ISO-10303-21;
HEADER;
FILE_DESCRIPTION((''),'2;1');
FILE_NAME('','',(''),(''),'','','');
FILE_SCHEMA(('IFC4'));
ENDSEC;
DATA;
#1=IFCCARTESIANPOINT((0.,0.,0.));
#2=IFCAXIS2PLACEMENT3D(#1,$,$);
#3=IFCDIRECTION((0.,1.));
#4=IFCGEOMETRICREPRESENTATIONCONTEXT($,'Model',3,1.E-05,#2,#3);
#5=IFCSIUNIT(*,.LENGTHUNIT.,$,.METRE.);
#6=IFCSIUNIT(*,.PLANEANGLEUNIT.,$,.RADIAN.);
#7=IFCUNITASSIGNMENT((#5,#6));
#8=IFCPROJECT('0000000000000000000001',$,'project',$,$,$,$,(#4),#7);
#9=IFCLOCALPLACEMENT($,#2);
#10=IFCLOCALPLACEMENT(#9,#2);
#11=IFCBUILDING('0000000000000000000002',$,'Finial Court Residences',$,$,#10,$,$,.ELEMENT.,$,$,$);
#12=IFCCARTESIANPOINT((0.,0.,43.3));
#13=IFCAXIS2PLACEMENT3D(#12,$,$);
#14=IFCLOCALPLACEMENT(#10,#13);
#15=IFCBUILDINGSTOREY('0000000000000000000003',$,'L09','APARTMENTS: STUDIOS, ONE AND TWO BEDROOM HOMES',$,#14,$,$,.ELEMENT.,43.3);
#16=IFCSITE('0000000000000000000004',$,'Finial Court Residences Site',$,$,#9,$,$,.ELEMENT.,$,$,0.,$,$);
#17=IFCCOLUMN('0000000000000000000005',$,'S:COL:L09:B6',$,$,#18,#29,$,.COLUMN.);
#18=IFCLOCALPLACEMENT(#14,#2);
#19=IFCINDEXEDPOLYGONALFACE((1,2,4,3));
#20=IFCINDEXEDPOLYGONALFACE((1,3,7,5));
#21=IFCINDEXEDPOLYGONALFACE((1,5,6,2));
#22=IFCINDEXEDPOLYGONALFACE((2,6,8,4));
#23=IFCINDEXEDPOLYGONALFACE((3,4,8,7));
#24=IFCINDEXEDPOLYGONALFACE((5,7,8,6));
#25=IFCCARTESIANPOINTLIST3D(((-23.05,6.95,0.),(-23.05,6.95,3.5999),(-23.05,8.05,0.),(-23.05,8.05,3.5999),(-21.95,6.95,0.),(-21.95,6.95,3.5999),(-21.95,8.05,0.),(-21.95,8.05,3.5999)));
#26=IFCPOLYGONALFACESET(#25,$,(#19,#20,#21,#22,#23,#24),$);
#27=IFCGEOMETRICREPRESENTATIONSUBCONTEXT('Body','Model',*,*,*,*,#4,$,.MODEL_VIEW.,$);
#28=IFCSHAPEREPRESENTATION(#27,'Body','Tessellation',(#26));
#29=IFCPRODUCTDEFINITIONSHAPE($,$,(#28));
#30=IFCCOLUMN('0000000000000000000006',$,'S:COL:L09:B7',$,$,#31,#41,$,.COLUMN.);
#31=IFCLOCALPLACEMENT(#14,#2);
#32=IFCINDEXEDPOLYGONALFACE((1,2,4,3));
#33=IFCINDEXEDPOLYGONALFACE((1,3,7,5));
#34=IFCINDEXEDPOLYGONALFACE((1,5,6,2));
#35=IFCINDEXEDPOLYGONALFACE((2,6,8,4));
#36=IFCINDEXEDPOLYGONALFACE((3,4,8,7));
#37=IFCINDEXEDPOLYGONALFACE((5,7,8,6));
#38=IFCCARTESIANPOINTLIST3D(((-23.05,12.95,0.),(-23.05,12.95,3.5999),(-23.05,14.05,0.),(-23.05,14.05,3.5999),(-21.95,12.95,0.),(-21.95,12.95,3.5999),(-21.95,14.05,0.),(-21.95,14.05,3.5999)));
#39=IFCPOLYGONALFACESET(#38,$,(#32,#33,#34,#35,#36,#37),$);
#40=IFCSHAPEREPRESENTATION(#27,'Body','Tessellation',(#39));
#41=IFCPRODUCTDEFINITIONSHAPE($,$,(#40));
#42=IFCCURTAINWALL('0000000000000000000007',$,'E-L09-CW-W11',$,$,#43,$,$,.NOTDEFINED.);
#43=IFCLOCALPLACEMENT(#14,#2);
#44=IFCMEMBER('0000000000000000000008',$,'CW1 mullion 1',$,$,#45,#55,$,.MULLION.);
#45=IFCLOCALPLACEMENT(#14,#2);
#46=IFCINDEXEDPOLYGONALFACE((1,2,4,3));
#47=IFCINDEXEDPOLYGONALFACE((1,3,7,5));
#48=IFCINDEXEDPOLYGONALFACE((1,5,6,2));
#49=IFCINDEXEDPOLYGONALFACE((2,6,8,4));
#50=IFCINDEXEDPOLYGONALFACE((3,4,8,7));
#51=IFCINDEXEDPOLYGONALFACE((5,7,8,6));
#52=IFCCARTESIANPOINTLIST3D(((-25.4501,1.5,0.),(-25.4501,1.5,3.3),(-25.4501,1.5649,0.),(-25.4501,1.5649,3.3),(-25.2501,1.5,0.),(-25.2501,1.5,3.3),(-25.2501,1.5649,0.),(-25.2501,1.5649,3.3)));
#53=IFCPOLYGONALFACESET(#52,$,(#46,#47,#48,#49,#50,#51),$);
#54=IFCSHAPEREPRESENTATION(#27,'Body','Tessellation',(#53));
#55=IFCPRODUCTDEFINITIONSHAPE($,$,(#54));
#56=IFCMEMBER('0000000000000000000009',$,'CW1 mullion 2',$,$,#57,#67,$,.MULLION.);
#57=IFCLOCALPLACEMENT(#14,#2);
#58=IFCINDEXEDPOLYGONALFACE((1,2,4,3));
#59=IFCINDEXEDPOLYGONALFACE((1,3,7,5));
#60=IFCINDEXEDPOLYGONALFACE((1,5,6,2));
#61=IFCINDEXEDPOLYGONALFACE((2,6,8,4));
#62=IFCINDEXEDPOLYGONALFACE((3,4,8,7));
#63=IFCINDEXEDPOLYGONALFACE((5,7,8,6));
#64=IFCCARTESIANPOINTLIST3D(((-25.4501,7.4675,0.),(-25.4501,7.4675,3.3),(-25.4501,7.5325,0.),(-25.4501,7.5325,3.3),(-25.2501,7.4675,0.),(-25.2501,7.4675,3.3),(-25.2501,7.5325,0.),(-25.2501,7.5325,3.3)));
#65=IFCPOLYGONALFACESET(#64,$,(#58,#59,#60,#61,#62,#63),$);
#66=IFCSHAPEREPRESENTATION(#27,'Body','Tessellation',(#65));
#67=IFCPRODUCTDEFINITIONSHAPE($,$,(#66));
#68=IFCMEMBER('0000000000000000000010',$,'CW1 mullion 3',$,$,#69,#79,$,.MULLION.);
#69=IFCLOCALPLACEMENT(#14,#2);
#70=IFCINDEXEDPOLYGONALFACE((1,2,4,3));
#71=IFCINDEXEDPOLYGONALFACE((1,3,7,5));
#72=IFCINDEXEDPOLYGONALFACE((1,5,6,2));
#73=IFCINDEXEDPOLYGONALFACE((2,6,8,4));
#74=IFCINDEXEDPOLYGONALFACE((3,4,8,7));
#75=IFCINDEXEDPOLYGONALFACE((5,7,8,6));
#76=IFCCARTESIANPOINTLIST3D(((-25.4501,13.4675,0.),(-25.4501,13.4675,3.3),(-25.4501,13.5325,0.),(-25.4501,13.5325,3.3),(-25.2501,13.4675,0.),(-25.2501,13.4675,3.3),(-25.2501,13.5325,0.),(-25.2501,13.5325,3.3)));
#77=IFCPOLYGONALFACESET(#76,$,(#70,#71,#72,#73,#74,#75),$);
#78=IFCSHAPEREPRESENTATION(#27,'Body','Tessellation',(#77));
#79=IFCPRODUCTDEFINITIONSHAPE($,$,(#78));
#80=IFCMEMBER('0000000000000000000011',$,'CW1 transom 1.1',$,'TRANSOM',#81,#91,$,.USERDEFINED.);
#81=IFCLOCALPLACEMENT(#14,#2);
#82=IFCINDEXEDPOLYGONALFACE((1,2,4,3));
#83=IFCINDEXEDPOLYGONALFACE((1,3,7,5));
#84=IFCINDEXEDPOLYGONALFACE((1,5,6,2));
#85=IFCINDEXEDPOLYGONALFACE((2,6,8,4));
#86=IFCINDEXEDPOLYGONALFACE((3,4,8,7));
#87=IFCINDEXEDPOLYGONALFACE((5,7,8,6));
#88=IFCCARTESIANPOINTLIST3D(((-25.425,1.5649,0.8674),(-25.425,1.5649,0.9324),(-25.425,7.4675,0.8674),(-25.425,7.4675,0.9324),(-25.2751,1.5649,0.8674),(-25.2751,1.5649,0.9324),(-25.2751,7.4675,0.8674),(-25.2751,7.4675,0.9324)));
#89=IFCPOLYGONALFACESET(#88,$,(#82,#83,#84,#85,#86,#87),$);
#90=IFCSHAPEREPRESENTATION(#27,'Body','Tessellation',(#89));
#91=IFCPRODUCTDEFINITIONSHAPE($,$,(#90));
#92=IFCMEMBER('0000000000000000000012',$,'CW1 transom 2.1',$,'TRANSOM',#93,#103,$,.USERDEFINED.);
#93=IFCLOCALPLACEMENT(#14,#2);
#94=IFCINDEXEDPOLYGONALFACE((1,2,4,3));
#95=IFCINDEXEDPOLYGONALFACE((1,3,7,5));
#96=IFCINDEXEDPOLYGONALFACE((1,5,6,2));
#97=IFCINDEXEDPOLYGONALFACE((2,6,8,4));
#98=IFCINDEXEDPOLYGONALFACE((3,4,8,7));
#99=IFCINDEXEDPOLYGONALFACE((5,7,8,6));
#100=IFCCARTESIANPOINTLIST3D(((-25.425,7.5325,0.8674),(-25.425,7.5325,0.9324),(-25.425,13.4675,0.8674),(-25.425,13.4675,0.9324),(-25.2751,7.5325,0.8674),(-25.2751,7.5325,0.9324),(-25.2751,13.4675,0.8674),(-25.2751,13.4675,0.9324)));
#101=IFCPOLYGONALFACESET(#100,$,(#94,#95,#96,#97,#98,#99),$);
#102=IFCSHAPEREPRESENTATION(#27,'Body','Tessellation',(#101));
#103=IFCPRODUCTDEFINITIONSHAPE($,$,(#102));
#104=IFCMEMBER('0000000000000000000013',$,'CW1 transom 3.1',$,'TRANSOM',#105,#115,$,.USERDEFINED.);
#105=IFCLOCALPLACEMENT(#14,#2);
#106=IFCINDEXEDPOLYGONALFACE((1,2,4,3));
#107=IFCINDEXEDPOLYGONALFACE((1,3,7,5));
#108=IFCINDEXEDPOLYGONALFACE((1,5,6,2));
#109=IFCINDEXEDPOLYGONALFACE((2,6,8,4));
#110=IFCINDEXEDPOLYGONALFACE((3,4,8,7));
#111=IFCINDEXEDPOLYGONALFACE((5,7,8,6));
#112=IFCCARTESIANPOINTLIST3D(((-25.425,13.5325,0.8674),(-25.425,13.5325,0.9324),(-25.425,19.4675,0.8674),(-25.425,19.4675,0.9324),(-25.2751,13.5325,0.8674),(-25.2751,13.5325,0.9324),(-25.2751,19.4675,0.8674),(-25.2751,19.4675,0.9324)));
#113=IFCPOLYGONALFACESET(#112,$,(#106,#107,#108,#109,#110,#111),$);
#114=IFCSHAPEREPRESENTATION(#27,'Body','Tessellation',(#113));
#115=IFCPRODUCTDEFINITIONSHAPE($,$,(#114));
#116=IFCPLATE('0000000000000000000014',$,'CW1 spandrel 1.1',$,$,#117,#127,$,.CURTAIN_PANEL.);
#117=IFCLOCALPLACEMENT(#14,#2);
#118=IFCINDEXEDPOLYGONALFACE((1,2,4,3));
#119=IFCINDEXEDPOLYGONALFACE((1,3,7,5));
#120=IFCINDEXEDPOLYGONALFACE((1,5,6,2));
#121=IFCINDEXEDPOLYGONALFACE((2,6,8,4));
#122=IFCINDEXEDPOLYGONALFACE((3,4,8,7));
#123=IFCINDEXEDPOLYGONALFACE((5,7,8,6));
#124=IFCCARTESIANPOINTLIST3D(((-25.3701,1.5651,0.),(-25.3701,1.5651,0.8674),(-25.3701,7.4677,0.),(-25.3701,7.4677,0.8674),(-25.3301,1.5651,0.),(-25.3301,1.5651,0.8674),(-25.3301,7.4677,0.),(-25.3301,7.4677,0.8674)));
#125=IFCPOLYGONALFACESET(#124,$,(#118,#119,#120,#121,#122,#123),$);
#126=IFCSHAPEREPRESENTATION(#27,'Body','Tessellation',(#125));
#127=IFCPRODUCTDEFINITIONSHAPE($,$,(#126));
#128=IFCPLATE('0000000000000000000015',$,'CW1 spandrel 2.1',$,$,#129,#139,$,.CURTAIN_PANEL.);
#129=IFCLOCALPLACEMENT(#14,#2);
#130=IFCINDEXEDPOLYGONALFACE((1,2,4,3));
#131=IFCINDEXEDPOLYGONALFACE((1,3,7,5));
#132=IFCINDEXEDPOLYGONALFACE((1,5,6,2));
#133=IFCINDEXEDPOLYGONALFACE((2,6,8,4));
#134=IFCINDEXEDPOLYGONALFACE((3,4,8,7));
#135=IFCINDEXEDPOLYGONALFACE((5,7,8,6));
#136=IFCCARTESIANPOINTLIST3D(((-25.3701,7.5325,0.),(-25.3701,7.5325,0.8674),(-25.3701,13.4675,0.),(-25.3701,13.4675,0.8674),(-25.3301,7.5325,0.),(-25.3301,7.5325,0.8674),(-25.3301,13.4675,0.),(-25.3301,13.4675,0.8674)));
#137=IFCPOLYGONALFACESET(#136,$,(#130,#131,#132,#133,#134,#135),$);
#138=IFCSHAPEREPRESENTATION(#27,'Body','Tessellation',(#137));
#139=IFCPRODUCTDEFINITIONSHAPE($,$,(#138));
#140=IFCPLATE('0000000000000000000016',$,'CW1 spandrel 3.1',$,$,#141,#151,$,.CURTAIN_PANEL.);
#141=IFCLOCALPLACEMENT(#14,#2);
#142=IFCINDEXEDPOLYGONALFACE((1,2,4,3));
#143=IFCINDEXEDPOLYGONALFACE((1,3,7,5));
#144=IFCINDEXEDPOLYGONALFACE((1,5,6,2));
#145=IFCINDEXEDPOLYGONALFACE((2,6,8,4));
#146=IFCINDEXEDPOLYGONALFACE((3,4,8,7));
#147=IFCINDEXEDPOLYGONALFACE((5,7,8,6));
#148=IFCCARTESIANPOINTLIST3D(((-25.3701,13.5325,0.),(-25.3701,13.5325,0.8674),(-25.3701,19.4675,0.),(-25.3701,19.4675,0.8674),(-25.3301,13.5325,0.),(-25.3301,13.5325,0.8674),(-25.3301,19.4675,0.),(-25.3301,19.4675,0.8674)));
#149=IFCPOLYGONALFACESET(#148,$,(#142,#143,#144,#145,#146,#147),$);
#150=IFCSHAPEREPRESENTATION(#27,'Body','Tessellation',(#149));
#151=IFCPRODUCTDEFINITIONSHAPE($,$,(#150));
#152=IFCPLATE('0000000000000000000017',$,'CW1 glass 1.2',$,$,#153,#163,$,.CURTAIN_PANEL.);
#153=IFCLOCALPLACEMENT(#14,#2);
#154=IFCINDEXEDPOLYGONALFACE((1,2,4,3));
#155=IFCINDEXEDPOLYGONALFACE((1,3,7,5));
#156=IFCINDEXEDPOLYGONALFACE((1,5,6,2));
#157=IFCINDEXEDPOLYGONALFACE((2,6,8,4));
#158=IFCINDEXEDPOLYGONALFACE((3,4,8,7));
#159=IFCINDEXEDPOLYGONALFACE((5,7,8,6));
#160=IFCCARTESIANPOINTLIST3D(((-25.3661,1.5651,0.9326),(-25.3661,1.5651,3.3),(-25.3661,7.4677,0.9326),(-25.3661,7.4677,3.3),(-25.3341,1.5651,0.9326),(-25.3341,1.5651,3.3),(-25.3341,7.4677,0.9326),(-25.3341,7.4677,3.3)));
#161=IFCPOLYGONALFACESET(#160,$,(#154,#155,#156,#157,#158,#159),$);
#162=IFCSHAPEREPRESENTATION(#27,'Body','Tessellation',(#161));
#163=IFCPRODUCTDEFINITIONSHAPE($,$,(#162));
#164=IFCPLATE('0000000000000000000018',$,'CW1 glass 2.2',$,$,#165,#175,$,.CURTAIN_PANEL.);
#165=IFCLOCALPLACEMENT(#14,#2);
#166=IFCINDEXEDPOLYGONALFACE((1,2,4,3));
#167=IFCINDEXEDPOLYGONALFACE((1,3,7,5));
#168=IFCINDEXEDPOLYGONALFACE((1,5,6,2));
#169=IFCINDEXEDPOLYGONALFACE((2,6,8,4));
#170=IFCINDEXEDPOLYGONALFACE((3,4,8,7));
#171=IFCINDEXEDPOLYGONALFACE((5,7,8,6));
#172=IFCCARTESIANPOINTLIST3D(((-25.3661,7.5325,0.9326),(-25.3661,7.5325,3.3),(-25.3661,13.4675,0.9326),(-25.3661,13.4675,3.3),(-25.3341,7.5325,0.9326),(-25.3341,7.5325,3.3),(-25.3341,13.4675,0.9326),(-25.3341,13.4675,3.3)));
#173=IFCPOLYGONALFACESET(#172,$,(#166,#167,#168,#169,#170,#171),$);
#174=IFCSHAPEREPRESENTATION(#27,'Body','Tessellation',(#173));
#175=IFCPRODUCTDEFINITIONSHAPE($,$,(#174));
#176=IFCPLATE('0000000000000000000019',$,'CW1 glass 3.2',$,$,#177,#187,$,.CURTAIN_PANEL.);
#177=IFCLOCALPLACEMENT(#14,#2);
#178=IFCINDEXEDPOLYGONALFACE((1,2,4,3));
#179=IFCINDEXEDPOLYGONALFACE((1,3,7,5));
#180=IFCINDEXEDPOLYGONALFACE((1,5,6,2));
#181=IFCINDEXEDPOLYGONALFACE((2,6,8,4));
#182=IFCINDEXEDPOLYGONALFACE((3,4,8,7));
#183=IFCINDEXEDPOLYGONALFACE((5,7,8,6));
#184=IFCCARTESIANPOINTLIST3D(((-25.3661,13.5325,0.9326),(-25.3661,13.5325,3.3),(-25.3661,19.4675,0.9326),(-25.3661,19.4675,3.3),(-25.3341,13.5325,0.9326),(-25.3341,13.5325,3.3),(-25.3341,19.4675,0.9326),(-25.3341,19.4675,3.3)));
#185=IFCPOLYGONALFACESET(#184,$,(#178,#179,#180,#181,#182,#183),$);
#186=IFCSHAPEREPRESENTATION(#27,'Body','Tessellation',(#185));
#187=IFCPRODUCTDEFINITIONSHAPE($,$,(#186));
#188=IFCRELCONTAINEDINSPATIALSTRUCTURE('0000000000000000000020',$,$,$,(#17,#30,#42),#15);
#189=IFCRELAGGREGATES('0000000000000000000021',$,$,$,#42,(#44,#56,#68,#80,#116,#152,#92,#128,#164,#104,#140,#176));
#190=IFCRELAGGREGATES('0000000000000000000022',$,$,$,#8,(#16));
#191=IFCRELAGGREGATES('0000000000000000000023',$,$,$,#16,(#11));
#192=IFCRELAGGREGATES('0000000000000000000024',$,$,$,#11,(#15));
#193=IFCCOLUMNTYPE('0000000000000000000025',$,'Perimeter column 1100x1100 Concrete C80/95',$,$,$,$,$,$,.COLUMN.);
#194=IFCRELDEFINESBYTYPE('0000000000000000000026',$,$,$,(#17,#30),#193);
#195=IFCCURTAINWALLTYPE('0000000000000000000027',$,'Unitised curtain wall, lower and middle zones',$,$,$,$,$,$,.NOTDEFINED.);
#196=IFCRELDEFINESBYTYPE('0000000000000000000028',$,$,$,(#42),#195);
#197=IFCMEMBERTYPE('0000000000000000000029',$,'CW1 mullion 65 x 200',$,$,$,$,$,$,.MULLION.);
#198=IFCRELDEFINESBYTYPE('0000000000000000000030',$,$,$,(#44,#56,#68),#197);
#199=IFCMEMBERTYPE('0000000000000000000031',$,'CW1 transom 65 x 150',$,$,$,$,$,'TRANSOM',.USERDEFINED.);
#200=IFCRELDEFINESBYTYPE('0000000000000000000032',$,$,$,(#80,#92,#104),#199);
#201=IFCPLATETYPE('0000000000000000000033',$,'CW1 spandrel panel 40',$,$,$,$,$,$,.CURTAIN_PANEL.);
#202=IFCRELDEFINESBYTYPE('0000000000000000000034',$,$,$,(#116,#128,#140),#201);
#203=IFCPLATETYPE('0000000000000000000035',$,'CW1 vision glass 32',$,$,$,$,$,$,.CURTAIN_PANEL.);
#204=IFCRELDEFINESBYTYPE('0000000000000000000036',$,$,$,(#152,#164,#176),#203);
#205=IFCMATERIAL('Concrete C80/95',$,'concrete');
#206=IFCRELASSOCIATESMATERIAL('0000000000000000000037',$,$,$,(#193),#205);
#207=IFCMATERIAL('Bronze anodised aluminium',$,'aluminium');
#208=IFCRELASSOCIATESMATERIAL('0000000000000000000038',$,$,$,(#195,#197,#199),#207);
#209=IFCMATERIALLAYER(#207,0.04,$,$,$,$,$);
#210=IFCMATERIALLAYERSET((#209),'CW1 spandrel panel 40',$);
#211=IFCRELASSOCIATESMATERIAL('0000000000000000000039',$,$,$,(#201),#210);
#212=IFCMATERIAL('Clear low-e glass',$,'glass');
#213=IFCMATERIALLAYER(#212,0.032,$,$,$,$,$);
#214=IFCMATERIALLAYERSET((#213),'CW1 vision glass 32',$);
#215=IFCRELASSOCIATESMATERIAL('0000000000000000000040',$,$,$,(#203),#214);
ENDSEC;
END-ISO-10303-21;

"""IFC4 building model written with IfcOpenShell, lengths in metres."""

from ifc_helpers import new_model, si_unit, direction, frame, origin, origin_2d, place, context, subcontext, project, spatial, rectangle, extrude, material, layer, layer_set, material_profile, profile_set, type_object, element, aggregate, save


model = new_model("IFC4")

# Units and contexts
model_context = context("Model", 3, precision=1e-05, world=origin(), true_north=direction((0.0, 1.0)))
body_context = subcontext(model_context, "Body", "Model", "MODEL_VIEW")
ifc_project = project(units=[si_unit("LENGTHUNIT", "METRE"), si_unit("PLANEANGLEUNIT", "RADIAN")], contexts=[model_context])

# Site, building, storey
site_placement = place(None, origin())
site = spatial("IfcSite", under=ifc_project, at=site_placement, Name="Finial Court Residences Site", CompositionType="ELEMENT", RefElevation=0.0)
building_placement = place(site_placement, origin())
building = spatial("IfcBuilding", under=site, at=building_placement, Name="Finial Court Residences", CompositionType="ELEMENT")
storey_placement = place(building_placement, frame((0.0, 0.0, 43.3)))
storey = spatial("IfcBuildingStorey", under=building, at=storey_placement, Name="L09", Description="APARTMENTS: STUDIOS, ONE AND TWO BEDROOM HOMES", CompositionType="ELEMENT", Elevation=43.3)

# Columns
ifc_material_1 = material(Name="Concrete C80/95", Category="concrete")
ifc_material_profile_1 = material_profile(ifc_material_1, rectangle(XDim=1.1001, YDim=1.1001, at=origin_2d()), Name="1100x1100")
ifc_profile_set_1 = profile_set([ifc_material_profile_1], Name="Concrete C80/95")
column_type = type_object("IfcColumnType", Name="Perimeter column 1100x1100 Concrete C80/95", PredefinedType="COLUMN", material=ifc_profile_set_1)
for number, where, z_axis, x_axis, name in (
    (1, (-22.5, 7.5, 0.0), (0.0, 0.0, 1.0), (1.0, 0.0, 0.0), "S:COL:L09:B6"),
    (2, (-22.5, 13.5, 0.0), (0.0, 0.0, 1.0), (1.0, 0.0, 0.0), "S:COL:L09:B7"),
):
    element("IfcColumn", number, at=place(storey_placement, frame(where, z_axis=z_axis, x_axis=x_axis)), inside=storey, type_object=column_type, Name=name, PredefinedType="COLUMN", context=body_context, shape_type="SweptSolid", body=[
        extrude(rectangle(XDim=1.1001, YDim=1.1001, at=origin_2d()), origin(), (0.0, 0.0, 1.0), 3.5999),
    ])

# Curtain wall, members, plates
ifc_material_2 = material(Name="Bronze anodised aluminium", Category="aluminium")
curtain_wall_type = type_object("IfcCurtainWallType", Name="Unitised curtain wall, lower and middle zones", PredefinedType="NOTDEFINED", material=ifc_material_2)
curtain_wall_placement = place(storey_placement, origin())
curtain_wall = element("IfcCurtainWall", 3, at=curtain_wall_placement, inside=storey, type_object=curtain_wall_type, Name="E-L09-CW-W11", PredefinedType="NOTDEFINED")
ifc_material_profile_2 = material_profile(ifc_material_2, rectangle(XDim=0.2, YDim=0.0649, at=origin_2d()), Name="CW1 mullion 65 x 200")
ifc_profile_set_2 = profile_set([ifc_material_profile_2], Name="Bronze anodised aluminium")
member_type_1 = type_object("IfcMemberType", Name="CW1 mullion 65 x 200", PredefinedType="MULLION", material=ifc_profile_set_2)
member_1_placement = place(storey_placement, frame((-25.3501, 1.5325, 0.0), z_axis=(0.0, 0.0, 1.0), x_axis=(-1.0, 0.0, 0.0)))
member_1 = element("IfcMember", 4, at=member_1_placement, type_object=member_type_1, Name="CW1 mullion 1", PredefinedType="MULLION", context=body_context, shape_type="SweptSolid", body=[
    extrude(rectangle(XDim=0.2, YDim=0.0649, at=origin_2d()), origin(), (0.0, 0.0, 1.0), 3.3),
])
member_2_placement = place(storey_placement, frame((-25.3501, 7.5, 0.0), z_axis=(0.0, 0.0, 1.0), x_axis=(-1.0, 0.0, 0.0)))
member_2 = element("IfcMember", 5, at=member_2_placement, type_object=member_type_1, Name="CW1 mullion 2", PredefinedType="MULLION", context=body_context, shape_type="SweptSolid", body=[
    extrude(rectangle(XDim=0.2, YDim=0.0649, at=origin_2d()), origin(), (0.0, 0.0, 1.0), 3.3),
])
member_3_placement = place(storey_placement, frame((-25.3501, 13.5, 0.0), z_axis=(0.0, 0.0, 1.0), x_axis=(-1.0, 0.0, 0.0)))
member_3 = element("IfcMember", 6, at=member_3_placement, type_object=member_type_1, Name="CW1 mullion 3", PredefinedType="MULLION", context=body_context, shape_type="SweptSolid", body=[
    extrude(rectangle(XDim=0.2, YDim=0.0649, at=origin_2d()), origin(), (0.0, 0.0, 1.0), 3.3),
])
ifc_material_profile_3 = material_profile(ifc_material_2, rectangle(XDim=0.1499, YDim=0.0649, at=origin_2d()), Name="CW1 transom 65 x 150")
ifc_profile_set_3 = profile_set([ifc_material_profile_3], Name="Bronze anodised aluminium")
member_type_2 = type_object("IfcMemberType", Name="CW1 transom 65 x 150", ElementType="TRANSOM", PredefinedType="USERDEFINED", material=ifc_profile_set_3)
member_4_placement = place(storey_placement, frame((-25.3501, 1.5649, 0.8999), z_axis=(0.0, 1.0, 0.0), x_axis=(-1.0, 0.0, 0.0)))
member_4 = element("IfcMember", 7, at=member_4_placement, type_object=member_type_2, Name="CW1 transom 1.1", ObjectType="TRANSOM", PredefinedType="USERDEFINED", context=body_context, shape_type="SweptSolid", body=[
    extrude(rectangle(XDim=0.1499, YDim=0.0649, at=origin_2d()), origin(), (0.0, 0.0, 1.0), 5.9026),
])
member_5_placement = place(storey_placement, frame((-25.3501, 7.5325, 0.8999), z_axis=(0.0, 1.0, 0.0), x_axis=(-1.0, 0.0, 0.0)))
member_5 = element("IfcMember", 8, at=member_5_placement, type_object=member_type_2, Name="CW1 transom 2.1", ObjectType="TRANSOM", PredefinedType="USERDEFINED", context=body_context, shape_type="SweptSolid", body=[
    extrude(rectangle(XDim=0.1499, YDim=0.0649, at=origin_2d()), origin(), (0.0, 0.0, 1.0), 5.9351),
])
member_6_placement = place(storey_placement, frame((-25.3501, 13.5325, 0.8999), z_axis=(0.0, 1.0, 0.0), x_axis=(-1.0, 0.0, 0.0)))
member_6 = element("IfcMember", 9, at=member_6_placement, type_object=member_type_2, Name="CW1 transom 3.1", ObjectType="TRANSOM", PredefinedType="USERDEFINED", context=body_context, shape_type="SweptSolid", body=[
    extrude(rectangle(XDim=0.1499, YDim=0.0649, at=origin_2d()), origin(), (0.0, 0.0, 1.0), 5.9351),
])
ifc_layer_1 = layer(ifc_material_2, 0.04)
ifc_layer_set_1 = layer_set([ifc_layer_1], Name="CW1 spandrel panel 40")
plate_type_1 = type_object("IfcPlateType", Name="CW1 spandrel panel 40", PredefinedType="CURTAIN_PANEL", material=ifc_layer_set_1)
plate_1_placement = place(storey_placement, frame((-25.3501, 4.5164, 0.0), z_axis=(0.0, 0.0, 1.0), x_axis=(0.0, 1.0, 0.0)))
plate_1 = element("IfcPlate", 10, at=plate_1_placement, type_object=plate_type_1, Name="CW1 spandrel 1.1", PredefinedType="CURTAIN_PANEL", context=body_context, shape_type="SweptSolid", body=[
    extrude(rectangle(XDim=5.9026, YDim=0.04, at=origin_2d()), origin(), (0.0, 0.0, 1.0), 0.8674),
])
plate_2_placement = place(storey_placement, frame((-25.3501, 10.5, 0.0), z_axis=(0.0, 0.0, 1.0), x_axis=(0.0, 1.0, 0.0)))
plate_2 = element("IfcPlate", 11, at=plate_2_placement, type_object=plate_type_1, Name="CW1 spandrel 2.1", PredefinedType="CURTAIN_PANEL", context=body_context, shape_type="SweptSolid", body=[
    extrude(rectangle(XDim=5.9351, YDim=0.04, at=origin_2d()), origin(), (0.0, 0.0, 1.0), 0.8674),
])
plate_3_placement = place(storey_placement, frame((-25.3501, 16.5, 0.0), z_axis=(0.0, 0.0, 1.0), x_axis=(0.0, 1.0, 0.0)))
plate_3 = element("IfcPlate", 12, at=plate_3_placement, type_object=plate_type_1, Name="CW1 spandrel 3.1", PredefinedType="CURTAIN_PANEL", context=body_context, shape_type="SweptSolid", body=[
    extrude(rectangle(XDim=5.9351, YDim=0.04, at=origin_2d()), origin(), (0.0, 0.0, 1.0), 0.8674),
])
ifc_material_3 = material(Name="Clear low-e glass", Category="glass")
ifc_layer_2 = layer(ifc_material_3, 0.032)
ifc_layer_set_2 = layer_set([ifc_layer_2], Name="CW1 vision glass 32")
plate_type_2 = type_object("IfcPlateType", Name="CW1 vision glass 32", PredefinedType="CURTAIN_PANEL", material=ifc_layer_set_2)
plate_4_placement = place(storey_placement, frame((-25.3501, 4.5164, 0.9326), z_axis=(0.0, 0.0, 1.0), x_axis=(0.0, 1.0, 0.0)))
plate_4 = element("IfcPlate", 13, at=plate_4_placement, type_object=plate_type_2, Name="CW1 glass 1.2", PredefinedType="CURTAIN_PANEL", context=body_context, shape_type="SweptSolid", body=[
    extrude(rectangle(XDim=5.9026, YDim=0.032, at=origin_2d()), origin(), (0.0, 0.0, 1.0), 2.3674),
])
plate_5_placement = place(storey_placement, frame((-25.3501, 10.5, 0.9326), z_axis=(0.0, 0.0, 1.0), x_axis=(0.0, 1.0, 0.0)))
plate_5 = element("IfcPlate", 14, at=plate_5_placement, type_object=plate_type_2, Name="CW1 glass 2.2", PredefinedType="CURTAIN_PANEL", context=body_context, shape_type="SweptSolid", body=[
    extrude(rectangle(XDim=5.9351, YDim=0.032, at=origin_2d()), origin(), (0.0, 0.0, 1.0), 2.3674),
])
plate_6_placement = place(storey_placement, frame((-25.3501, 16.5, 0.9326), z_axis=(0.0, 0.0, 1.0), x_axis=(0.0, 1.0, 0.0)))
plate_6 = element("IfcPlate", 15, at=plate_6_placement, type_object=plate_type_2, Name="CW1 glass 3.2", PredefinedType="CURTAIN_PANEL", context=body_context, shape_type="SweptSolid", body=[
    extrude(rectangle(XDim=5.9351, YDim=0.032, at=origin_2d()), origin(), (0.0, 0.0, 1.0), 2.3674),
])
aggregate(curtain_wall, [member_1, member_2, member_3, member_4, plate_1, plate_4, member_5, plate_2, plate_5, member_6, plate_3, plate_6])

save(model, "model.ifc")
